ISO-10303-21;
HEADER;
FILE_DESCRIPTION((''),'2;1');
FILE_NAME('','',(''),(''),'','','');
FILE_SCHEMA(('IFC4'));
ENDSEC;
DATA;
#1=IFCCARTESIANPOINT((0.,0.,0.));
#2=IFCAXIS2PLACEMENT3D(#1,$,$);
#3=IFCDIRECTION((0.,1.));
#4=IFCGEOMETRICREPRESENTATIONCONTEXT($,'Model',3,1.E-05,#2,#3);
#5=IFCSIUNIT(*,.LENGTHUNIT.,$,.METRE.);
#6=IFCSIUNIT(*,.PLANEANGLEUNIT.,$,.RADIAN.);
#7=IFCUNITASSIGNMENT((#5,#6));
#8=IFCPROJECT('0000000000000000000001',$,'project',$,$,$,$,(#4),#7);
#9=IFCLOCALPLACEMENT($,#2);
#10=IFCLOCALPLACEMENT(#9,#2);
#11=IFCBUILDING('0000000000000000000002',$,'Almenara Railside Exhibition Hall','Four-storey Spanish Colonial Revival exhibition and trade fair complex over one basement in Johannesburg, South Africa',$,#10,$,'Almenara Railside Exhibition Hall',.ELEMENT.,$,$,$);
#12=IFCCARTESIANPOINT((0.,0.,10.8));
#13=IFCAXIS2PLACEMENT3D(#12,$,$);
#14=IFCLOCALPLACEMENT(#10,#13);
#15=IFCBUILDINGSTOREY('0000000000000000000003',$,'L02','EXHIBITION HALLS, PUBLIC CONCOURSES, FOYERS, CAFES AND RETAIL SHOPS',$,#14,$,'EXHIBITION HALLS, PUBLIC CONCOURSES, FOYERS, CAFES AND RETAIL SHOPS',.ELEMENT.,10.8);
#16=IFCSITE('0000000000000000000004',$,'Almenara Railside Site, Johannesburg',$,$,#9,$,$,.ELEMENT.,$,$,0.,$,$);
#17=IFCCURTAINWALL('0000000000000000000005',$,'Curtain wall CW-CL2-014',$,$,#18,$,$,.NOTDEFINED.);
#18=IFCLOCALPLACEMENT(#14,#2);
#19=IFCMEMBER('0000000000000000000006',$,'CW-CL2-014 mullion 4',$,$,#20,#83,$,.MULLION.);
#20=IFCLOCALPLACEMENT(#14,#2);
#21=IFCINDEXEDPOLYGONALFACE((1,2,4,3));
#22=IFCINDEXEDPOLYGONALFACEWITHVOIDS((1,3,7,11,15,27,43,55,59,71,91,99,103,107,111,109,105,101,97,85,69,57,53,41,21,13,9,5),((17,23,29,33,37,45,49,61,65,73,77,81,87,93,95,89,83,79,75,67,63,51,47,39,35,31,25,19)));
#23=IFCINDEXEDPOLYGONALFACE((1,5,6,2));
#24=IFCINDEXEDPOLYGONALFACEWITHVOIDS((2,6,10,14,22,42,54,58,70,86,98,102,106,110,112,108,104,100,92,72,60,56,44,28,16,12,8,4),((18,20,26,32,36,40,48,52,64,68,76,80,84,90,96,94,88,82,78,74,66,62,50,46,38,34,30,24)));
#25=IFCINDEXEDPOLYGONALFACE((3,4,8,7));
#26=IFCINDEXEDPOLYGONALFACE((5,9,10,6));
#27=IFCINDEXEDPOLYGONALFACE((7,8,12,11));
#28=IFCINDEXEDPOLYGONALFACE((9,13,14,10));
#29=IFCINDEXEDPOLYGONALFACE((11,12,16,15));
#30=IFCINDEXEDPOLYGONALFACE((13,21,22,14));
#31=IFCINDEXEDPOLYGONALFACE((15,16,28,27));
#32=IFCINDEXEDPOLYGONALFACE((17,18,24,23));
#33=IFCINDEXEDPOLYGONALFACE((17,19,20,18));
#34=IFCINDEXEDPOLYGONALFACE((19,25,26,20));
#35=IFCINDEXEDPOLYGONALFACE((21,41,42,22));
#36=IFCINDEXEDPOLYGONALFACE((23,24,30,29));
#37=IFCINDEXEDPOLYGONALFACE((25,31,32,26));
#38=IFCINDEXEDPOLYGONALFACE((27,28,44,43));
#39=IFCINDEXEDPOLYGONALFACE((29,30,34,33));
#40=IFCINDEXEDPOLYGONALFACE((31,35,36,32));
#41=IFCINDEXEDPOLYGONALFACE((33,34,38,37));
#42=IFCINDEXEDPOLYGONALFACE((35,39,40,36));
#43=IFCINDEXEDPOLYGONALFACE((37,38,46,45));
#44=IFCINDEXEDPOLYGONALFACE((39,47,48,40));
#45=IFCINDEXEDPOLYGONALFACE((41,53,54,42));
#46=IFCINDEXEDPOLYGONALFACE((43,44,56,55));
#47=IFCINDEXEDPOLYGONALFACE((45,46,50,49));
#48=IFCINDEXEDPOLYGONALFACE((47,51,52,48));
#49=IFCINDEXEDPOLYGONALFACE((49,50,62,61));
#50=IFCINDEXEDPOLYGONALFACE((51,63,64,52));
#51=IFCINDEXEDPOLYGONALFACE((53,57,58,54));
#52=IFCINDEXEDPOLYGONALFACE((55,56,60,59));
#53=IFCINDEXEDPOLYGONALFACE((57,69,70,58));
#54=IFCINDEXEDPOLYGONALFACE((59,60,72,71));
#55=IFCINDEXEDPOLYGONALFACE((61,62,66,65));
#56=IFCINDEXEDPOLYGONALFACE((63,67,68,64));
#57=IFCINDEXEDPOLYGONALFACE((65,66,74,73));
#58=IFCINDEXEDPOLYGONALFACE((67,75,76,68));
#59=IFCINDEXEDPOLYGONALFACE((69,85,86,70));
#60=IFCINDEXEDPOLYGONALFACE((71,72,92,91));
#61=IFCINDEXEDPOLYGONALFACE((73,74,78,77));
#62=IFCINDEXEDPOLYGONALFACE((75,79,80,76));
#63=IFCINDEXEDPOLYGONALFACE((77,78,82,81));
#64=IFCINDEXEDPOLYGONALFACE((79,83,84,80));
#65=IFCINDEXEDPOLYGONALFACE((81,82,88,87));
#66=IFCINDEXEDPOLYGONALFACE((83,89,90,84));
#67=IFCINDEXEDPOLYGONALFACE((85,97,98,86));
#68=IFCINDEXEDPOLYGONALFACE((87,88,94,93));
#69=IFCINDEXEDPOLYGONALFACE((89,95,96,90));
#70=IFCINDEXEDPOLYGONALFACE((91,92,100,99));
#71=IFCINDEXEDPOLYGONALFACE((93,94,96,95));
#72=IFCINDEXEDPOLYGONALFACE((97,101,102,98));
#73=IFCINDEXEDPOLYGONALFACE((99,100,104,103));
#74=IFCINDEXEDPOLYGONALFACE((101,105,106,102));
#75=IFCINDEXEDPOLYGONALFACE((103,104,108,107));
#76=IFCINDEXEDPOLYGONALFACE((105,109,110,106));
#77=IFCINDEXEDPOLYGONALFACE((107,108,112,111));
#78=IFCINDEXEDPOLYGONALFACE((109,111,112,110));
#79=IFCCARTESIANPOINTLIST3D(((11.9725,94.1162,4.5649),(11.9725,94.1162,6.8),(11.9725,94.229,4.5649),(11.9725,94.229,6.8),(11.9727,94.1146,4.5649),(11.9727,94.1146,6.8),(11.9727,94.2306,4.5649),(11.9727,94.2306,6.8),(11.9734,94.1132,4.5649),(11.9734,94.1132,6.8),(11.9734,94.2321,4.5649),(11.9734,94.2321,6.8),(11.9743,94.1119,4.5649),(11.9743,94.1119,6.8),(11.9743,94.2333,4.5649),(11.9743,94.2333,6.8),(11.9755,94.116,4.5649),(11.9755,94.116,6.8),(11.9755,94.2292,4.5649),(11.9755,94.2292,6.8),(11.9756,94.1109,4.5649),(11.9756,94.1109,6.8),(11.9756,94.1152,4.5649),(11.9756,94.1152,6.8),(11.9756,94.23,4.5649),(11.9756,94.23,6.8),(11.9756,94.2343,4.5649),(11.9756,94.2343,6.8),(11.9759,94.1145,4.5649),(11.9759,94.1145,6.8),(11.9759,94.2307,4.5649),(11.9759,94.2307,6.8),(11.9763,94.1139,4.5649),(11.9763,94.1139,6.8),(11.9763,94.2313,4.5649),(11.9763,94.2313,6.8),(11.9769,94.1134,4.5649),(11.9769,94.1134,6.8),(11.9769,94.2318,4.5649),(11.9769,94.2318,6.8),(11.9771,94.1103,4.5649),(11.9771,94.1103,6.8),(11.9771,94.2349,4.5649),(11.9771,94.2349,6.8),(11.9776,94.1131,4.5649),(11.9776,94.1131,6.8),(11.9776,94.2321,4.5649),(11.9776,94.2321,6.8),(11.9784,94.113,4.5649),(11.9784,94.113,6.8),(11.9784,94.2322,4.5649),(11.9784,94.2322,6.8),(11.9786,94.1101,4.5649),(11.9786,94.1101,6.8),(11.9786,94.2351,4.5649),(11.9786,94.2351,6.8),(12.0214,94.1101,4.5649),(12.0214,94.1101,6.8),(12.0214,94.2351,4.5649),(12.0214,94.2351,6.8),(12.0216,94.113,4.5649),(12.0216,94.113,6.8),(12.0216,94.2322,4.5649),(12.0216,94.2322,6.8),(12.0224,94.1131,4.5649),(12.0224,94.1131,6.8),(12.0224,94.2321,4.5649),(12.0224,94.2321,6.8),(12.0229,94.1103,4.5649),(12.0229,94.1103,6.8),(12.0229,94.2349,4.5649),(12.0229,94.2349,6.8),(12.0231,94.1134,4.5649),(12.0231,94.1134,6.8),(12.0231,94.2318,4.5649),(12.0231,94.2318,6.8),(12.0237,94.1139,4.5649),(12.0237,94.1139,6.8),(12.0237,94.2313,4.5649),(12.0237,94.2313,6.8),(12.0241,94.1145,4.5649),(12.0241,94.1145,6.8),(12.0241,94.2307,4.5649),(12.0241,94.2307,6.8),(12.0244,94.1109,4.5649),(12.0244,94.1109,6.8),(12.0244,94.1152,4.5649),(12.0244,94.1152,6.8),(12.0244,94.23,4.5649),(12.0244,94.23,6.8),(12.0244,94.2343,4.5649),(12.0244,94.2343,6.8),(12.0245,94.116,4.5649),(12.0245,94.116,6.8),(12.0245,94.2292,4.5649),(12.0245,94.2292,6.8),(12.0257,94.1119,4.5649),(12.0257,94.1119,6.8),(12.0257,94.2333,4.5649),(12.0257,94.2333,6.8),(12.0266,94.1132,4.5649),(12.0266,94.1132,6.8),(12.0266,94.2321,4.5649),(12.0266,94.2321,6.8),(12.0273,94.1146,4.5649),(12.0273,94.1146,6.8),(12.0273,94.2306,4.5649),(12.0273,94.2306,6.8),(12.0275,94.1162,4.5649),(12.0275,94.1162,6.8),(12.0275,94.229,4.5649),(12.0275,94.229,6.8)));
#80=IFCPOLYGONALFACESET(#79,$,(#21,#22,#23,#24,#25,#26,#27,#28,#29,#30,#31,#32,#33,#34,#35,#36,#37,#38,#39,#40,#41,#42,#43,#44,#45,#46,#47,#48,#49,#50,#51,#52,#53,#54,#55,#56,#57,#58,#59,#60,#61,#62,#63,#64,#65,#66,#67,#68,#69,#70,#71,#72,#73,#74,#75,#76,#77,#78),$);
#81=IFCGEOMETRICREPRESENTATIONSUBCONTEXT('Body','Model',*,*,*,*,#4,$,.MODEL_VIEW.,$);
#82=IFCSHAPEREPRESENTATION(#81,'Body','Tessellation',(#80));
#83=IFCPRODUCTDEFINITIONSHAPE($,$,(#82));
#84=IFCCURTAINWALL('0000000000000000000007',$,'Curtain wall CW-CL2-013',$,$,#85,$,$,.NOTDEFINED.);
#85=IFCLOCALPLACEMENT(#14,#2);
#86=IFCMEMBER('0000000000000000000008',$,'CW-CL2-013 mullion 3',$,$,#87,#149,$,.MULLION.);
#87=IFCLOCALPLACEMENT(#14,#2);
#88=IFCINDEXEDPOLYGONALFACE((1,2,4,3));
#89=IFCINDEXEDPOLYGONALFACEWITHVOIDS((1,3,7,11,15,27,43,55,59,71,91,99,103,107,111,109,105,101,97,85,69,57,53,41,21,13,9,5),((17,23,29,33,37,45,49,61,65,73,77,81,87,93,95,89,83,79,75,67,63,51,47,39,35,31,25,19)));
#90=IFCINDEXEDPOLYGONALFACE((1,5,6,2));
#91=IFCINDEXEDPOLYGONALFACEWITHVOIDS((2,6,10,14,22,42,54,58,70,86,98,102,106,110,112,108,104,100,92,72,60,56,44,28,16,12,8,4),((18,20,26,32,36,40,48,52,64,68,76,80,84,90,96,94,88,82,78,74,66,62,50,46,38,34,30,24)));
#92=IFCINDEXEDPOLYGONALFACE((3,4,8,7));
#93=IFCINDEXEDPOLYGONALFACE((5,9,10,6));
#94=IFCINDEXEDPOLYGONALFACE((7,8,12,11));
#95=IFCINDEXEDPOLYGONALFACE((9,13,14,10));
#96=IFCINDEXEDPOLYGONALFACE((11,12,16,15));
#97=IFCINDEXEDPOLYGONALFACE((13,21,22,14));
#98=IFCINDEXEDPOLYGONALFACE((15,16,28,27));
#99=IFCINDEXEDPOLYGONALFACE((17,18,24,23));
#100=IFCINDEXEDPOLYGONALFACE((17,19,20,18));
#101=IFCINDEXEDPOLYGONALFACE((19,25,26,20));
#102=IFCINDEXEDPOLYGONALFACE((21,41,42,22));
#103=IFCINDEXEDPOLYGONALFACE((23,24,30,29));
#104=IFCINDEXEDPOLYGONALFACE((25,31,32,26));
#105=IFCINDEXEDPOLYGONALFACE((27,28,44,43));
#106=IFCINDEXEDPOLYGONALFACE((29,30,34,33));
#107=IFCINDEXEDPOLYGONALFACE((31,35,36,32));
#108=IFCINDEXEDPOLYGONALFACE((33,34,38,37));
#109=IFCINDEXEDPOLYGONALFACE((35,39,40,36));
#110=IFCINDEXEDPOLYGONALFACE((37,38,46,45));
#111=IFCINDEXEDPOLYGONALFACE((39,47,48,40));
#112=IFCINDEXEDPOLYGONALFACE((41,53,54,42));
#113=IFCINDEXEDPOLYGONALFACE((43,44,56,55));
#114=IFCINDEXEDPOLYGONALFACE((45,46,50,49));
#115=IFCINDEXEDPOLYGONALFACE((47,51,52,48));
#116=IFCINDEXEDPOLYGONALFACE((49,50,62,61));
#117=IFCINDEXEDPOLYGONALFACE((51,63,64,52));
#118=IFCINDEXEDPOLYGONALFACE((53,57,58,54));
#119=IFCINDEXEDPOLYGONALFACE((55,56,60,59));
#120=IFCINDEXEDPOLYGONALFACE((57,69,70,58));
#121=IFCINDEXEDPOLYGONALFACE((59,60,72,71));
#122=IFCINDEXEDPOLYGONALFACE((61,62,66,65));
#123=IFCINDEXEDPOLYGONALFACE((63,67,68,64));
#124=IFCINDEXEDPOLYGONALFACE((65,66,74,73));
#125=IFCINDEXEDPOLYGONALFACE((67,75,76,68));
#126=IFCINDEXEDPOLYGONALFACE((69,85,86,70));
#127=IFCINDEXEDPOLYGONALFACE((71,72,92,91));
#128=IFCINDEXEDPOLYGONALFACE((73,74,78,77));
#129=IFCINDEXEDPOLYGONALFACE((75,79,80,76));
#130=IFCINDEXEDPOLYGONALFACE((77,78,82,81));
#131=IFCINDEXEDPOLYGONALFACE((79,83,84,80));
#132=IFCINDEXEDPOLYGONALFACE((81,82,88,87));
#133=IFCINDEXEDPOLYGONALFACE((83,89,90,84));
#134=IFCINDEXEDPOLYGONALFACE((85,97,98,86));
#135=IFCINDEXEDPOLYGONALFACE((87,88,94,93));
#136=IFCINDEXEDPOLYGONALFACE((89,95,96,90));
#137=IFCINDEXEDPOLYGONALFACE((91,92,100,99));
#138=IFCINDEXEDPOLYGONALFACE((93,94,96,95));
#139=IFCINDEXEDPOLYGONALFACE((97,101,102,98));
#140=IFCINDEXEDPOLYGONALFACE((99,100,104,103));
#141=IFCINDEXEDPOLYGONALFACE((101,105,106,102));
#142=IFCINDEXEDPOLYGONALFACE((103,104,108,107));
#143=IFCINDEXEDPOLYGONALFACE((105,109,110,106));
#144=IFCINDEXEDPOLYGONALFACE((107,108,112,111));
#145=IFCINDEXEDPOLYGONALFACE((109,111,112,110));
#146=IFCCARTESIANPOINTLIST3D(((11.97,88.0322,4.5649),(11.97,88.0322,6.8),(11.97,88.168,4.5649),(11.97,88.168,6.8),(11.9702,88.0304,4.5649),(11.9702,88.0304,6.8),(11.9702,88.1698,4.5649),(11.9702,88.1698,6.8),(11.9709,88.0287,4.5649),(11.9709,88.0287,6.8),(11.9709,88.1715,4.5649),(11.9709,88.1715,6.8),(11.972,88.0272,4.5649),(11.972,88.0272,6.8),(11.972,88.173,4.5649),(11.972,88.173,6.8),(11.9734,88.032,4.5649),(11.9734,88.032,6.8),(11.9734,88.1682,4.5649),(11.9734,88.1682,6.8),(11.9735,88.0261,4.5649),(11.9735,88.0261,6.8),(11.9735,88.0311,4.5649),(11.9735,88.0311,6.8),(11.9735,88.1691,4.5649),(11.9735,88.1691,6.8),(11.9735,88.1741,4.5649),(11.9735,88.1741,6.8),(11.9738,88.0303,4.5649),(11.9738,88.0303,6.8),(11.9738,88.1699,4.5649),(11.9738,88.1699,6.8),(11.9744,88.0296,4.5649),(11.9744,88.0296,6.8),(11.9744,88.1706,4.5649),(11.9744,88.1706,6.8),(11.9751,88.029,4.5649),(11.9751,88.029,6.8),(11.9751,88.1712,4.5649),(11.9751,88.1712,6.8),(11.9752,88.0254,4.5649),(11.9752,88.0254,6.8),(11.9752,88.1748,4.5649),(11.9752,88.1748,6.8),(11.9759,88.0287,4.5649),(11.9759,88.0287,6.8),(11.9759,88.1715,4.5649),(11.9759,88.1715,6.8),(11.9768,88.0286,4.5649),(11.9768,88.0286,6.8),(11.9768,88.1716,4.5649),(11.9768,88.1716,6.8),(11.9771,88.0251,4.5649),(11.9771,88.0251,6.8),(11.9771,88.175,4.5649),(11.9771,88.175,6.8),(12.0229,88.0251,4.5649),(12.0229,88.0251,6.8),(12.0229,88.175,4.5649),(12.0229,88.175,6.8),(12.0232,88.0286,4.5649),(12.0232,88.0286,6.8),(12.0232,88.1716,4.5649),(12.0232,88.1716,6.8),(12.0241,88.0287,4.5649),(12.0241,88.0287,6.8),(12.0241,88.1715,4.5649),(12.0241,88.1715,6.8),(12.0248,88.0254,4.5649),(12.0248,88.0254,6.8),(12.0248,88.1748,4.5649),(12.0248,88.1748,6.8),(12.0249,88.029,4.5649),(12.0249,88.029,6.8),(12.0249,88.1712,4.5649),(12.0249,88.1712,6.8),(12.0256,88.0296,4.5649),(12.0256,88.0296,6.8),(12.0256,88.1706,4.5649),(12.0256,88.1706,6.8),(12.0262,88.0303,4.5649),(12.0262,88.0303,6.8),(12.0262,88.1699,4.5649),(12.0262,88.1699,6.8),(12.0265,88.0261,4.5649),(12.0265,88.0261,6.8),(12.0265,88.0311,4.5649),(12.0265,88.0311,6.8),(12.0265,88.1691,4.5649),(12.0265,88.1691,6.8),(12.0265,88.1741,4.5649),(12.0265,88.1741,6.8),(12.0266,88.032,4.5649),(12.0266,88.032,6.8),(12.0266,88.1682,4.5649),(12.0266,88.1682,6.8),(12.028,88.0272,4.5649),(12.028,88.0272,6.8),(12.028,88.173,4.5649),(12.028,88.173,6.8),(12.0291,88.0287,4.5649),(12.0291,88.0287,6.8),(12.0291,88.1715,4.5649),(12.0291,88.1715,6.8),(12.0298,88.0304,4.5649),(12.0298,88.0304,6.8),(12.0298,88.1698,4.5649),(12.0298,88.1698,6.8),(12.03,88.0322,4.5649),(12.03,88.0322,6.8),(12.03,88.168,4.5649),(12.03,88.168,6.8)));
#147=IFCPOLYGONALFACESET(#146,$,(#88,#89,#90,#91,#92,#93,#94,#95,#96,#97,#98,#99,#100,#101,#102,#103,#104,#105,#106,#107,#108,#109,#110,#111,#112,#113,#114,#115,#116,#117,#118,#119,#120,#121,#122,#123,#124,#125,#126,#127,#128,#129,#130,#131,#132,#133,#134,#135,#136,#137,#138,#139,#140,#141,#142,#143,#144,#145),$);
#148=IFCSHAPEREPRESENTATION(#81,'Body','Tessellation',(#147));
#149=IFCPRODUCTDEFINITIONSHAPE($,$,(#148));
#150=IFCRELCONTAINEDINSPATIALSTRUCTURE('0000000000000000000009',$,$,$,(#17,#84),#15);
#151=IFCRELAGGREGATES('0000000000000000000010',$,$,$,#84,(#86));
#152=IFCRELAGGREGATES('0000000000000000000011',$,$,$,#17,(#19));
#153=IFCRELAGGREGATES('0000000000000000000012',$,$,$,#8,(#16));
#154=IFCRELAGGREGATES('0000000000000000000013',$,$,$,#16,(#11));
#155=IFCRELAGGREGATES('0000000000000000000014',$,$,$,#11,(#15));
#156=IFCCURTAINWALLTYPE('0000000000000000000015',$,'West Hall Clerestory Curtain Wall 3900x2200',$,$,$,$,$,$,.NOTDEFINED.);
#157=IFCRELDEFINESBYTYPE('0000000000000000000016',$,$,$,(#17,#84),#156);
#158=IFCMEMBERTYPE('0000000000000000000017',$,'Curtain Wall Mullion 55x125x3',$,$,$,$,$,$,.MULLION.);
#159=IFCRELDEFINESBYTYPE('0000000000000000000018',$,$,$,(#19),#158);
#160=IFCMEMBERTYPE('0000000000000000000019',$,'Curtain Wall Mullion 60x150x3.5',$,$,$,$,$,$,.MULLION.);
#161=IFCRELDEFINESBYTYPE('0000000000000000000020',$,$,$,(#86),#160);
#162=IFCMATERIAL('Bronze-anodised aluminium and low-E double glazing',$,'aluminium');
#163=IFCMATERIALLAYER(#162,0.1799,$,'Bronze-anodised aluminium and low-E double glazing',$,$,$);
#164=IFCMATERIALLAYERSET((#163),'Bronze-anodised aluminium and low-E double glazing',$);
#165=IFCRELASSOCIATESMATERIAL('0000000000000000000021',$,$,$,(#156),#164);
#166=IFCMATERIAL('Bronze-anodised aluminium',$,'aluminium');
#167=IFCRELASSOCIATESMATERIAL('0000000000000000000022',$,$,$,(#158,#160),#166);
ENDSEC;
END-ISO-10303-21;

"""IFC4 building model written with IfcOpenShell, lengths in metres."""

from ifc_helpers import new_model, si_unit, direction, frame, origin, origin_2d, place, context, subcontext, project, spatial, hollow_rectangle, extrude, material, layer, layer_set, material_profile, profile_set, type_object, element, aggregate, save


model = new_model("IFC4")

# Units and contexts
model_context = context("Model", 3, precision=1e-05, world=origin(), true_north=direction((0.0, 1.0)))
body_context = subcontext(model_context, "Body", "Model", "MODEL_VIEW")
ifc_project = project(units=[si_unit("LENGTHUNIT", "METRE"), si_unit("PLANEANGLEUNIT", "RADIAN")], contexts=[model_context])

# Site, building, storey
site_placement = place(None, origin())
site = spatial("IfcSite", under=ifc_project, at=site_placement, Name="Almenara Railside Site, Johannesburg", CompositionType="ELEMENT", RefElevation=0.0)
building_placement = place(site_placement, origin())
building = spatial("IfcBuilding", under=site, at=building_placement, Name="Almenara Railside Exhibition Hall", Description="Four-storey Spanish Colonial Revival exhibition and trade fair complex over one basement in Johannesburg, South Africa", LongName="Almenara Railside Exhibition Hall", CompositionType="ELEMENT")
storey_placement = place(building_placement, frame((0.0, 0.0, 10.8)))
storey = spatial("IfcBuildingStorey", under=building, at=storey_placement, Name="L02", Description="EXHIBITION HALLS, PUBLIC CONCOURSES, FOYERS, CAFES AND RETAIL SHOPS", LongName="EXHIBITION HALLS, PUBLIC CONCOURSES, FOYERS, CAFES AND RETAIL SHOPS", CompositionType="ELEMENT", Elevation=10.8)

# Curtain walls, members
ifc_material_1 = material(Name="Bronze-anodised aluminium and low-E double glazing", Category="aluminium")
ifc_layer_1 = layer(ifc_material_1, 0.1799, Name="Bronze-anodised aluminium and low-E double glazing")
ifc_layer_set_1 = layer_set([ifc_layer_1], Name="Bronze-anodised aluminium and low-E double glazing")
curtain_wall_type_1 = type_object("IfcCurtainWallType", Name="West Hall Clerestory Curtain Wall 3900x2200", PredefinedType="NOTDEFINED", material=ifc_layer_set_1)
curtain_wall_1_placement = place(storey_placement, origin())
curtain_wall_1 = element("IfcCurtainWall", 1, at=curtain_wall_1_placement, inside=storey, type_object=curtain_wall_type_1, Name="Curtain wall CW-CL2-014", PredefinedType="NOTDEFINED")
ifc_material_2 = material(Name="Bronze-anodised aluminium", Category="aluminium")
ifc_material_profile_1 = material_profile(ifc_material_2, hollow_rectangle(XDim=0.0549, YDim=0.125, WallThickness=0.0029, InnerFilletRadius=0.0029, OuterFilletRadius=0.0061, at=origin_2d()), Name="ALU-MUL 55x125x3")
ifc_profile_set_1 = profile_set([ifc_material_profile_1], Name="Bronze-anodised aluminium")
member_type_1 = type_object("IfcMemberType", Name="Curtain Wall Mullion 55x125x3", PredefinedType="MULLION", material=ifc_profile_set_1)
member_1_placement = place(storey_placement, frame((12.0, 94.1726, 4.5649), z_axis=(0.0, 0.0, 1.0), x_axis=(-1.0, 0.0, 0.0)))
member_1 = element("IfcMember", 2, at=member_1_placement, type_object=member_type_1, Name="CW-CL2-014 mullion 4", PredefinedType="MULLION", context=body_context, shape_type="SweptSolid", body=[
    extrude(hollow_rectangle(XDim=0.0549, YDim=0.125, WallThickness=0.0029, InnerFilletRadius=0.0029, OuterFilletRadius=0.0061, at=origin_2d()), origin(), (0.0, 0.0, 1.0), 2.2351),
])
curtain_wall_2_placement = place(storey_placement, origin())
curtain_wall_2 = element("IfcCurtainWall", 3, at=curtain_wall_2_placement, inside=storey, type_object=curtain_wall_type_1, Name="Curtain wall CW-CL2-013", PredefinedType="NOTDEFINED")
ifc_material_profile_2 = material_profile(ifc_material_2, hollow_rectangle(XDim=0.0601, YDim=0.1499, WallThickness=0.0034, InnerFilletRadius=0.0034, OuterFilletRadius=0.0071, at=origin_2d()), Name="ALU-MUL 60x150x3.5")
ifc_profile_set_2 = profile_set([ifc_material_profile_2], Name="Bronze-anodised aluminium")
member_type_2 = type_object("IfcMemberType", Name="Curtain Wall Mullion 60x150x3.5", PredefinedType="MULLION", material=ifc_profile_set_2)
member_2_placement = place(storey_placement, frame((12.0, 88.1001, 4.5649), z_axis=(0.0, 0.0, 1.0), x_axis=(-1.0, 0.0, 0.0)))
member_2 = element("IfcMember", 4, at=member_2_placement, type_object=member_type_2, Name="CW-CL2-013 mullion 3", PredefinedType="MULLION", context=body_context, shape_type="SweptSolid", body=[
    extrude(hollow_rectangle(XDim=0.0601, YDim=0.1499, WallThickness=0.0034, InnerFilletRadius=0.0034, OuterFilletRadius=0.0071, at=origin_2d()), origin(), (0.0, 0.0, 1.0), 2.2351),
])

aggregate(curtain_wall_2, [member_2])
aggregate(curtain_wall_1, [member_1])

save(model, "model.ifc")
